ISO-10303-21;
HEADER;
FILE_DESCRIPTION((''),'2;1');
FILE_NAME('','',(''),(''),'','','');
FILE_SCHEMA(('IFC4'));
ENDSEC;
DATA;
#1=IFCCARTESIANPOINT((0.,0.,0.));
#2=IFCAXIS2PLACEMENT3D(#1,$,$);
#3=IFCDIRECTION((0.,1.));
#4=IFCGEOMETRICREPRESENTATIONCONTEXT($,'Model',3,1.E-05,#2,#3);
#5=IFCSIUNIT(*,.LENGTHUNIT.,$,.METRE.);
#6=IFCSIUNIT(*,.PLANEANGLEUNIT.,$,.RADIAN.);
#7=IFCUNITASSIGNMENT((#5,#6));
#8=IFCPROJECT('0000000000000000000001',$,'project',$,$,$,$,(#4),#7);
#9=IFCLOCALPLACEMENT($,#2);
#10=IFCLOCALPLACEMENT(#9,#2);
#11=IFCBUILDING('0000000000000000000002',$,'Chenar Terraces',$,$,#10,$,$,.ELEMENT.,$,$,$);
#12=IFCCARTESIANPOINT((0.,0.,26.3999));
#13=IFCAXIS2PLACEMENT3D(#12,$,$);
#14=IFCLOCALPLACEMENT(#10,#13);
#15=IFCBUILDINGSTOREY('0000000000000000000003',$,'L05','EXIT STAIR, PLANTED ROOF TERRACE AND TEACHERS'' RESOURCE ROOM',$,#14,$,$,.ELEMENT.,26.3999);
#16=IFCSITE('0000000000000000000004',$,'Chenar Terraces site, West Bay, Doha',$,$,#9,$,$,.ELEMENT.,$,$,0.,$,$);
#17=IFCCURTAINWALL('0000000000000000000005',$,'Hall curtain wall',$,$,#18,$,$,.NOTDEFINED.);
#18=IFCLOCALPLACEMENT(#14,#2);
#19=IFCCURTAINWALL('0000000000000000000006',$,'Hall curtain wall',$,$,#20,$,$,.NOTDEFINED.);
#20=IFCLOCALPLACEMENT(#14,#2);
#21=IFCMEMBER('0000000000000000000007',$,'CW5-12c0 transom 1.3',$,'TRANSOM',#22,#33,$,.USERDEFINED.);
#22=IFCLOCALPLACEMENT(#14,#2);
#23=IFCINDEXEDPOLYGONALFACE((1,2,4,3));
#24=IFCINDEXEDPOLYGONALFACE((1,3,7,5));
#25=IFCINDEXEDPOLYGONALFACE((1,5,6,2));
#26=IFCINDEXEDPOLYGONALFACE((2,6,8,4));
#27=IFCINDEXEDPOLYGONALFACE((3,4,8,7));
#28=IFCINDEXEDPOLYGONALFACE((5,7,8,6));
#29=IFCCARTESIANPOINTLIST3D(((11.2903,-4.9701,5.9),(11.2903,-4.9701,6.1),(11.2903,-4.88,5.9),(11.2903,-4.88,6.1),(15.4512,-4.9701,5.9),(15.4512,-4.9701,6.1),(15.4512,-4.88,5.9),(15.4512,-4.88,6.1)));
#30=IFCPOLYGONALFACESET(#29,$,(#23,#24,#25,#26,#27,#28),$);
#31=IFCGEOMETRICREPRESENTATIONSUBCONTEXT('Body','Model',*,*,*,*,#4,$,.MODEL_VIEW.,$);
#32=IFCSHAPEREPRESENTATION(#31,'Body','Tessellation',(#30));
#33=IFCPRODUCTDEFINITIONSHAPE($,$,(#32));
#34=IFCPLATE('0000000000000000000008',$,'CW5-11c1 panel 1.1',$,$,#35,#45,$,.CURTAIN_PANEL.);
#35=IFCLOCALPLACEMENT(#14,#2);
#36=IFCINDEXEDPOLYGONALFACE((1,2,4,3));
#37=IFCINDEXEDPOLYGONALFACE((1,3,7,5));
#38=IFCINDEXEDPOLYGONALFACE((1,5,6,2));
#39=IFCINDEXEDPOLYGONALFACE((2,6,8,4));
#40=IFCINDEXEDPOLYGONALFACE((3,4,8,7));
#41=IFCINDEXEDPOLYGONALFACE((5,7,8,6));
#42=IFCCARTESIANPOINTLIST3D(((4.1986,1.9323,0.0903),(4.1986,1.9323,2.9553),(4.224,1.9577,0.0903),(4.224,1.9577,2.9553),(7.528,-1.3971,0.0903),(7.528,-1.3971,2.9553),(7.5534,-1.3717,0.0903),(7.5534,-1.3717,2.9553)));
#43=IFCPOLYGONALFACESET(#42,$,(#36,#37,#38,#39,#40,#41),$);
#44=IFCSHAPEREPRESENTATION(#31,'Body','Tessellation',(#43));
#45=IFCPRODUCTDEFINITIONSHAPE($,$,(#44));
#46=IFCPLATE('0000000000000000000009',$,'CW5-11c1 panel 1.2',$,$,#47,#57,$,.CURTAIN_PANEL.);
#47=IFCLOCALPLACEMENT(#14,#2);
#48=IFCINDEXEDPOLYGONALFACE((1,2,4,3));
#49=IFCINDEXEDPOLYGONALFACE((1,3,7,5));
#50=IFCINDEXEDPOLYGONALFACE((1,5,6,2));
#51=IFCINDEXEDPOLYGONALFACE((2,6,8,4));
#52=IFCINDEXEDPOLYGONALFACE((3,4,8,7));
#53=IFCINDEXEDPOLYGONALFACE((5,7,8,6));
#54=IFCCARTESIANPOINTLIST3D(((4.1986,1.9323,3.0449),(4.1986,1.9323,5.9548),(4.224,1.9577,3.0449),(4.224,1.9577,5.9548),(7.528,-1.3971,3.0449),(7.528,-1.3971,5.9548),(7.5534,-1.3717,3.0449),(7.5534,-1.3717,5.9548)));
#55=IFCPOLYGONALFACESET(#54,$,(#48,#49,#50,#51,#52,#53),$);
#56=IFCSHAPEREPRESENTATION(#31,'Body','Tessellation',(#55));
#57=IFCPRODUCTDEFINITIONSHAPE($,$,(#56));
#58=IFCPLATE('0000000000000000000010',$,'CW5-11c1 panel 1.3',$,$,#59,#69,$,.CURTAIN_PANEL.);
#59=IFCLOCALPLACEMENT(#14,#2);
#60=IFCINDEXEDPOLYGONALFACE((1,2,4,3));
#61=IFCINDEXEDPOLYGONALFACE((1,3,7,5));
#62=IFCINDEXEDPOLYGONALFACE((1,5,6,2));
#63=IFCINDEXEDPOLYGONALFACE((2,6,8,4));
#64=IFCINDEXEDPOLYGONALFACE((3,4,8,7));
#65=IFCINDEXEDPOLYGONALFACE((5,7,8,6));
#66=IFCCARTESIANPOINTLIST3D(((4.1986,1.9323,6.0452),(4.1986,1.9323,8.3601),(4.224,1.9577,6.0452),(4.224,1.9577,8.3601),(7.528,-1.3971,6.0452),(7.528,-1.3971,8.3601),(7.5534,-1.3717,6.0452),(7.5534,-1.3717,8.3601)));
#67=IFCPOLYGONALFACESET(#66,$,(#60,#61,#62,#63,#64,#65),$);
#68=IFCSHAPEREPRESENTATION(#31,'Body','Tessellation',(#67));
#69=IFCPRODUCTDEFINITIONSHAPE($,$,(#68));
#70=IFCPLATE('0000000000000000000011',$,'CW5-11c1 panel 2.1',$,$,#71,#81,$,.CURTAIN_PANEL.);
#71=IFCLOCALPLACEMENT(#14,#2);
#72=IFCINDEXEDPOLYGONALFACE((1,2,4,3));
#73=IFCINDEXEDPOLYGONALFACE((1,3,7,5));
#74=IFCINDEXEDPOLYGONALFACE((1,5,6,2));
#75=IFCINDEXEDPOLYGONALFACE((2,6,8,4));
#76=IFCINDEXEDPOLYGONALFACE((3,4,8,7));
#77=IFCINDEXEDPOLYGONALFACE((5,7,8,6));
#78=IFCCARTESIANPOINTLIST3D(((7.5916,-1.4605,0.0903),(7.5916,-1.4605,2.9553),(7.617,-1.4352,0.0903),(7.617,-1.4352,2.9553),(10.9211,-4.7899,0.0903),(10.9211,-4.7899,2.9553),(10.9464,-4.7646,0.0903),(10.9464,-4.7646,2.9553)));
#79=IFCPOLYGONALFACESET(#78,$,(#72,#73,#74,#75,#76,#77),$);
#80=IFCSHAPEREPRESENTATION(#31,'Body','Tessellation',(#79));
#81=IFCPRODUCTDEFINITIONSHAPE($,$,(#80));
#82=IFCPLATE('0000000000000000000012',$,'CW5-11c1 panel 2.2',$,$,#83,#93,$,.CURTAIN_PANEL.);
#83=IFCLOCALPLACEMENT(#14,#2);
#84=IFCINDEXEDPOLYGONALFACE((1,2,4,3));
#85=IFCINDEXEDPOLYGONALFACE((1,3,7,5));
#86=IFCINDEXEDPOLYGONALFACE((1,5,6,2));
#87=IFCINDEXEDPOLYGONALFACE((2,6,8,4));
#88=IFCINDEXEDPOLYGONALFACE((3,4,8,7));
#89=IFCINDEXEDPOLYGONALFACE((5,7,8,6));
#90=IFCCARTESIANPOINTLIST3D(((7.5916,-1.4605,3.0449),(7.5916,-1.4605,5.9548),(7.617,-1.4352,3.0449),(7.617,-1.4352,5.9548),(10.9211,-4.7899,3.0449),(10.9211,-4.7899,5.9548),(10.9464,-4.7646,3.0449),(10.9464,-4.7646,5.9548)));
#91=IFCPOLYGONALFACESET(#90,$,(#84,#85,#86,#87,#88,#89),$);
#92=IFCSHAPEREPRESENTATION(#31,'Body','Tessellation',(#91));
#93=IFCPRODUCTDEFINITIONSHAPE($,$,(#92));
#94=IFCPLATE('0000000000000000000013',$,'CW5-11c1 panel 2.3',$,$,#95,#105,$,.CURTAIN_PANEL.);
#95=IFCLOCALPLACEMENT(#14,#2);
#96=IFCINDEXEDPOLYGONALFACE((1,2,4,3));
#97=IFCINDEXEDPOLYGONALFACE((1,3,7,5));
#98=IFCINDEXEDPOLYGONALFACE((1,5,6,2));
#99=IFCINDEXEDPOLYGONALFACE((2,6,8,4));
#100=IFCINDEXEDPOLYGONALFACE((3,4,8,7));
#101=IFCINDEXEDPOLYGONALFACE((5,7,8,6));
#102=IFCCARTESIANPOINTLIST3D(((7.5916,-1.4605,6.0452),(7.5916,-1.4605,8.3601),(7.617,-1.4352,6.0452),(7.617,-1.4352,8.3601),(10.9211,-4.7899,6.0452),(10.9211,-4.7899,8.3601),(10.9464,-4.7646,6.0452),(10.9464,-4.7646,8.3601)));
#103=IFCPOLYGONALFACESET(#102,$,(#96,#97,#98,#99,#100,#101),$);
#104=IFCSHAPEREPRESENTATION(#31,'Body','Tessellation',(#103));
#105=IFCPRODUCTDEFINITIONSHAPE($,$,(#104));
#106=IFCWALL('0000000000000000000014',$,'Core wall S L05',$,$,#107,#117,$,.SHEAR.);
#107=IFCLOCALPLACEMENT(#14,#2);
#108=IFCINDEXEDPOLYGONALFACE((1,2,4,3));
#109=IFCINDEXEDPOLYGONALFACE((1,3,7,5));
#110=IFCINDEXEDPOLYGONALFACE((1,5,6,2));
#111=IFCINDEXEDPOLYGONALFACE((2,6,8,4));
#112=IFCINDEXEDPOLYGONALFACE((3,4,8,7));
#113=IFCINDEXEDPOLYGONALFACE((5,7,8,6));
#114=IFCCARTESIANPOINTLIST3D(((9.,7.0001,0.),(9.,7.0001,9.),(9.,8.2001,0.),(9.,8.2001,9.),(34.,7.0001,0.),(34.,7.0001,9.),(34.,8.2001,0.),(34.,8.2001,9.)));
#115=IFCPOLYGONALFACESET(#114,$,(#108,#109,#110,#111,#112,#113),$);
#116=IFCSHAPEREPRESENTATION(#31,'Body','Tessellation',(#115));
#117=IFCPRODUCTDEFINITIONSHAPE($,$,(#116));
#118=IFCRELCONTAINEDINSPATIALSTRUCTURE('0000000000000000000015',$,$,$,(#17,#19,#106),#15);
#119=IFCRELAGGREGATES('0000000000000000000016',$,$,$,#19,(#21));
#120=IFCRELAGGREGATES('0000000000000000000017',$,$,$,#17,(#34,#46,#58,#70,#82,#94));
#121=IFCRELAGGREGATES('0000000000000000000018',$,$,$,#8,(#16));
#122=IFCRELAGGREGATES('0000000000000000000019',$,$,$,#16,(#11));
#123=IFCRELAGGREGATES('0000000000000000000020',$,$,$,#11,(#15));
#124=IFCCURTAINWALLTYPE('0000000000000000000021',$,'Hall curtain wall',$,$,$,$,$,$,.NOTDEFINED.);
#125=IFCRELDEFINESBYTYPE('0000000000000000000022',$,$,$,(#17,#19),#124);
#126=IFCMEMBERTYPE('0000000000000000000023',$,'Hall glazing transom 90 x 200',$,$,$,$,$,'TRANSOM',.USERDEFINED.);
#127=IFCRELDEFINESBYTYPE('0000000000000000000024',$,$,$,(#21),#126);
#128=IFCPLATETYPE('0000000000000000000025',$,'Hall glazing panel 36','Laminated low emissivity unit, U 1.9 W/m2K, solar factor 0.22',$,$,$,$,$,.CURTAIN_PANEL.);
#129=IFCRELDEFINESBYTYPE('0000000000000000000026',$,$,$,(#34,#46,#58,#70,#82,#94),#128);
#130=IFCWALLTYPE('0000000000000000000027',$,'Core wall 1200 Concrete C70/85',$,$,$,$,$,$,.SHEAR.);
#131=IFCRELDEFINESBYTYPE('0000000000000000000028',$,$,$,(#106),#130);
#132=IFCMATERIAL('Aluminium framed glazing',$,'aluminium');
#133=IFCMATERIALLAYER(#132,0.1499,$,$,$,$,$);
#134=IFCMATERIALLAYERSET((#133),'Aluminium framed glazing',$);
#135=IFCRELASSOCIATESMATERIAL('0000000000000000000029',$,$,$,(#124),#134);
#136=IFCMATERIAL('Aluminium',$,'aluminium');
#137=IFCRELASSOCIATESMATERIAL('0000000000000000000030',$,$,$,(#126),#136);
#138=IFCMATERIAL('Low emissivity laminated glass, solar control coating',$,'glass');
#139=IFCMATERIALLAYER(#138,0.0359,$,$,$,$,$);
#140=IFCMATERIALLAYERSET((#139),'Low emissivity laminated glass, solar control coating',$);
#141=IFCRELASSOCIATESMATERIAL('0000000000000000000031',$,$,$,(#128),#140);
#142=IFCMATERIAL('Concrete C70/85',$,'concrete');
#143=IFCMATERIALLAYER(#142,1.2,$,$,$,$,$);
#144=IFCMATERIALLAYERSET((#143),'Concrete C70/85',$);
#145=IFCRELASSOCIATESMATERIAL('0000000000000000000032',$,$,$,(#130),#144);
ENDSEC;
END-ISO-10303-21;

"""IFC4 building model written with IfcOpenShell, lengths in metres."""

from ifc_helpers import new_model, si_unit, direction, frame, frame_2d, origin, origin_2d, place, context, subcontext, project, spatial, rectangle, extrude, material, layer, layer_set, material_profile, profile_set, type_object, element, aggregate, save


model = new_model("IFC4")

# Units and contexts
model_context = context("Model", 3, precision=1e-05, world=origin(), true_north=direction((0.0, 1.0)))
body_context = subcontext(model_context, "Body", "Model", "MODEL_VIEW")
ifc_project = project(units=[si_unit("LENGTHUNIT", "METRE"), si_unit("PLANEANGLEUNIT", "RADIAN")], contexts=[model_context])

# Site, building, storey
site_placement = place(None, origin())
site = spatial("IfcSite", under=ifc_project, at=site_placement, Name="Chenar Terraces site, West Bay, Doha", CompositionType="ELEMENT", RefElevation=0.0)
building_placement = place(site_placement, origin())
building = spatial("IfcBuilding", under=site, at=building_placement, Name="Chenar Terraces", CompositionType="ELEMENT")
storey_placement = place(building_placement, frame((0.0, 0.0, 26.3999)))
storey = spatial("IfcBuildingStorey", under=building, at=storey_placement, Name="L05", Description="EXIT STAIR, PLANTED ROOF TERRACE AND TEACHERS' RESOURCE ROOM", CompositionType="ELEMENT", Elevation=26.3999)

# Curtain wall
ifc_material_1 = material(Name="Aluminium framed glazing", Category="aluminium")
ifc_layer_1 = layer(ifc_material_1, 0.1499)
ifc_layer_set_1 = layer_set([ifc_layer_1], Name="Aluminium framed glazing")
curtain_wall_type = type_object("IfcCurtainWallType", Name="Hall curtain wall", PredefinedType="NOTDEFINED", material=ifc_layer_set_1)
placement = place(storey_placement, origin())
curtain_wall_1 = element("IfcCurtainWall", 1, at=placement, inside=storey, type_object=curtain_wall_type, Name="Hall curtain wall", PredefinedType="NOTDEFINED")

# Curtain wall
curtain_wall_2 = element("IfcCurtainWall", 2, at=placement, inside=storey, type_object=curtain_wall_type, Name="Hall curtain wall", PredefinedType="NOTDEFINED")

# Member
ifc_material_2 = material(Name="Aluminium", Category="aluminium")
ifc_material_profile_1 = material_profile(ifc_material_2, rectangle(XDim=0.0901, YDim=0.2, at=origin_2d()), Name="Hall glazing transom 90 x 200")
ifc_profile_set_1 = profile_set([ifc_material_profile_1], Name="Aluminium")
member_type_1 = type_object("IfcMemberType", Name="Hall glazing transom 90 x 200", ElementType="TRANSOM", PredefinedType="USERDEFINED", material=ifc_profile_set_1)
member_1_placement = place(storey_placement, frame((11.2903, -4.925, 6.0), z_axis=(1.0, 0.0, 0.0), x_axis=(0.0, 1.0, 0.0)))
member_1 = element("IfcMember", 3, at=member_1_placement, type_object=member_type_1, Name="CW5-12c0 transom 1.3", ObjectType="TRANSOM", PredefinedType="USERDEFINED", context=body_context, shape_type="SweptSolid", body=[
    extrude(rectangle(XDim=0.0901, YDim=0.2, at=origin_2d()), origin(), (0.0, 0.0, 1.0), 4.1609),
])
aggregate(curtain_wall_2, [member_1])

# Plates
ifc_material_3 = material(Name="Low emissivity laminated glass, solar control coating", Category="glass")
ifc_layer_2 = layer(ifc_material_3, 0.0359)
ifc_layer_set_2 = layer_set([ifc_layer_2], Name="Low emissivity laminated glass, solar control coating")
plate_type = type_object("IfcPlateType", Name="Hall glazing panel 36", Description="Laminated low emissivity unit, U 1.9 W/m2K, solar factor 0.22", PredefinedType="CURTAIN_PANEL", material=ifc_layer_set_2)
plate_1_placement = place(storey_placement, frame((5.876, 0.2803, 0.0903), z_axis=(0.0, 0.0, 1.0), x_axis=(0.707107, -0.707107, 0.0)))
plate_1 = element("IfcPlate", 4, at=plate_1_placement, type_object=plate_type, Name="CW5-11c1 panel 1.1", PredefinedType="CURTAIN_PANEL", context=body_context, shape_type="SweptSolid", body=[
    extrude(rectangle(XDim=4.7085, YDim=0.0359, at=origin_2d()), origin(), (0.0, 0.0, 1.0), 2.865),
])
plate_2_placement = place(storey_placement, frame((5.876, 0.2803, 3.0449), z_axis=(0.0, 0.0, 1.0), x_axis=(0.707107, -0.707107, 0.0)))
plate_2 = element("IfcPlate", 5, at=plate_2_placement, type_object=plate_type, Name="CW5-11c1 panel 1.2", PredefinedType="CURTAIN_PANEL", context=body_context, shape_type="SweptSolid", body=[
    extrude(rectangle(XDim=4.7085, YDim=0.0359, at=origin_2d()), origin(), (0.0, 0.0, 1.0), 2.9099),
])
plate_3_placement = place(storey_placement, frame((5.876, 0.2803, 6.0452), z_axis=(0.0, 0.0, 1.0), x_axis=(0.707107, -0.707107, 0.0)))
plate_3 = element("IfcPlate", 6, at=plate_3_placement, type_object=plate_type, Name="CW5-11c1 panel 1.3", PredefinedType="CURTAIN_PANEL", context=body_context, shape_type="SweptSolid", body=[
    extrude(rectangle(XDim=4.7085, YDim=0.0359, at=origin_2d()), origin(), (0.0, 0.0, 1.0), 2.3149),
])
plate_4_placement = place(storey_placement, frame((9.269, -3.1125, 0.0903), z_axis=(0.0, 0.0, 1.0), x_axis=(0.707107, -0.707107, 0.0)))
plate_4 = element("IfcPlate", 7, at=plate_4_placement, type_object=plate_type, Name="CW5-11c1 panel 2.1", PredefinedType="CURTAIN_PANEL", context=body_context, shape_type="SweptSolid", body=[
    extrude(rectangle(XDim=4.7085, YDim=0.0359, at=origin_2d()), origin(), (0.0, 0.0, 1.0), 2.865),
])
plate_5_placement = place(storey_placement, frame((9.269, -3.1125, 3.0449), z_axis=(0.0, 0.0, 1.0), x_axis=(0.707107, -0.707107, 0.0)))
plate_5 = element("IfcPlate", 8, at=plate_5_placement, type_object=plate_type, Name="CW5-11c1 panel 2.2", PredefinedType="CURTAIN_PANEL", context=body_context, shape_type="SweptSolid", body=[
    extrude(rectangle(XDim=4.7085, YDim=0.0359, at=origin_2d()), origin(), (0.0, 0.0, 1.0), 2.9099),
])
plate_6_placement = place(storey_placement, frame((9.269, -3.1125, 6.0452), z_axis=(0.0, 0.0, 1.0), x_axis=(0.707107, -0.707107, 0.0)))
plate_6 = element("IfcPlate", 9, at=plate_6_placement, type_object=plate_type, Name="CW5-11c1 panel 2.3", PredefinedType="CURTAIN_PANEL", context=body_context, shape_type="SweptSolid", body=[
    extrude(rectangle(XDim=4.7085, YDim=0.0359, at=origin_2d()), origin(), (0.0, 0.0, 1.0), 2.3149),
])
aggregate(curtain_wall_1, [plate_1, plate_2, plate_3, plate_4, plate_5, plate_6])

# Wall
ifc_material_4 = material(Name="Concrete C70/85", Category="concrete")
ifc_layer_3 = layer(ifc_material_4, 1.2)
ifc_layer_set_3 = layer_set([ifc_layer_3], Name="Concrete C70/85")
wall_type_1 = type_object("IfcWallType", Name="Core wall 1200 Concrete C70/85", PredefinedType="SHEAR", material=ifc_layer_set_3)
wall_1_placement = place(storey_placement, frame((9.0, 7.6001, 0.0), z_axis=(0.0, 0.0, 1.0), x_axis=(1.0, 0.0, 0.0)))
element("IfcWall", 10, at=wall_1_placement, inside=storey, type_object=wall_type_1, Name="Core wall S L05", PredefinedType="SHEAR", context=body_context, shape_type="SweptSolid", body=[
    extrude(rectangle(XDim=25.0, YDim=1.2, at=frame_2d((12.5, 0.0))), origin(), (0.0, 0.0, 1.0), 9.0),
])

save(model, "model.ifc")
